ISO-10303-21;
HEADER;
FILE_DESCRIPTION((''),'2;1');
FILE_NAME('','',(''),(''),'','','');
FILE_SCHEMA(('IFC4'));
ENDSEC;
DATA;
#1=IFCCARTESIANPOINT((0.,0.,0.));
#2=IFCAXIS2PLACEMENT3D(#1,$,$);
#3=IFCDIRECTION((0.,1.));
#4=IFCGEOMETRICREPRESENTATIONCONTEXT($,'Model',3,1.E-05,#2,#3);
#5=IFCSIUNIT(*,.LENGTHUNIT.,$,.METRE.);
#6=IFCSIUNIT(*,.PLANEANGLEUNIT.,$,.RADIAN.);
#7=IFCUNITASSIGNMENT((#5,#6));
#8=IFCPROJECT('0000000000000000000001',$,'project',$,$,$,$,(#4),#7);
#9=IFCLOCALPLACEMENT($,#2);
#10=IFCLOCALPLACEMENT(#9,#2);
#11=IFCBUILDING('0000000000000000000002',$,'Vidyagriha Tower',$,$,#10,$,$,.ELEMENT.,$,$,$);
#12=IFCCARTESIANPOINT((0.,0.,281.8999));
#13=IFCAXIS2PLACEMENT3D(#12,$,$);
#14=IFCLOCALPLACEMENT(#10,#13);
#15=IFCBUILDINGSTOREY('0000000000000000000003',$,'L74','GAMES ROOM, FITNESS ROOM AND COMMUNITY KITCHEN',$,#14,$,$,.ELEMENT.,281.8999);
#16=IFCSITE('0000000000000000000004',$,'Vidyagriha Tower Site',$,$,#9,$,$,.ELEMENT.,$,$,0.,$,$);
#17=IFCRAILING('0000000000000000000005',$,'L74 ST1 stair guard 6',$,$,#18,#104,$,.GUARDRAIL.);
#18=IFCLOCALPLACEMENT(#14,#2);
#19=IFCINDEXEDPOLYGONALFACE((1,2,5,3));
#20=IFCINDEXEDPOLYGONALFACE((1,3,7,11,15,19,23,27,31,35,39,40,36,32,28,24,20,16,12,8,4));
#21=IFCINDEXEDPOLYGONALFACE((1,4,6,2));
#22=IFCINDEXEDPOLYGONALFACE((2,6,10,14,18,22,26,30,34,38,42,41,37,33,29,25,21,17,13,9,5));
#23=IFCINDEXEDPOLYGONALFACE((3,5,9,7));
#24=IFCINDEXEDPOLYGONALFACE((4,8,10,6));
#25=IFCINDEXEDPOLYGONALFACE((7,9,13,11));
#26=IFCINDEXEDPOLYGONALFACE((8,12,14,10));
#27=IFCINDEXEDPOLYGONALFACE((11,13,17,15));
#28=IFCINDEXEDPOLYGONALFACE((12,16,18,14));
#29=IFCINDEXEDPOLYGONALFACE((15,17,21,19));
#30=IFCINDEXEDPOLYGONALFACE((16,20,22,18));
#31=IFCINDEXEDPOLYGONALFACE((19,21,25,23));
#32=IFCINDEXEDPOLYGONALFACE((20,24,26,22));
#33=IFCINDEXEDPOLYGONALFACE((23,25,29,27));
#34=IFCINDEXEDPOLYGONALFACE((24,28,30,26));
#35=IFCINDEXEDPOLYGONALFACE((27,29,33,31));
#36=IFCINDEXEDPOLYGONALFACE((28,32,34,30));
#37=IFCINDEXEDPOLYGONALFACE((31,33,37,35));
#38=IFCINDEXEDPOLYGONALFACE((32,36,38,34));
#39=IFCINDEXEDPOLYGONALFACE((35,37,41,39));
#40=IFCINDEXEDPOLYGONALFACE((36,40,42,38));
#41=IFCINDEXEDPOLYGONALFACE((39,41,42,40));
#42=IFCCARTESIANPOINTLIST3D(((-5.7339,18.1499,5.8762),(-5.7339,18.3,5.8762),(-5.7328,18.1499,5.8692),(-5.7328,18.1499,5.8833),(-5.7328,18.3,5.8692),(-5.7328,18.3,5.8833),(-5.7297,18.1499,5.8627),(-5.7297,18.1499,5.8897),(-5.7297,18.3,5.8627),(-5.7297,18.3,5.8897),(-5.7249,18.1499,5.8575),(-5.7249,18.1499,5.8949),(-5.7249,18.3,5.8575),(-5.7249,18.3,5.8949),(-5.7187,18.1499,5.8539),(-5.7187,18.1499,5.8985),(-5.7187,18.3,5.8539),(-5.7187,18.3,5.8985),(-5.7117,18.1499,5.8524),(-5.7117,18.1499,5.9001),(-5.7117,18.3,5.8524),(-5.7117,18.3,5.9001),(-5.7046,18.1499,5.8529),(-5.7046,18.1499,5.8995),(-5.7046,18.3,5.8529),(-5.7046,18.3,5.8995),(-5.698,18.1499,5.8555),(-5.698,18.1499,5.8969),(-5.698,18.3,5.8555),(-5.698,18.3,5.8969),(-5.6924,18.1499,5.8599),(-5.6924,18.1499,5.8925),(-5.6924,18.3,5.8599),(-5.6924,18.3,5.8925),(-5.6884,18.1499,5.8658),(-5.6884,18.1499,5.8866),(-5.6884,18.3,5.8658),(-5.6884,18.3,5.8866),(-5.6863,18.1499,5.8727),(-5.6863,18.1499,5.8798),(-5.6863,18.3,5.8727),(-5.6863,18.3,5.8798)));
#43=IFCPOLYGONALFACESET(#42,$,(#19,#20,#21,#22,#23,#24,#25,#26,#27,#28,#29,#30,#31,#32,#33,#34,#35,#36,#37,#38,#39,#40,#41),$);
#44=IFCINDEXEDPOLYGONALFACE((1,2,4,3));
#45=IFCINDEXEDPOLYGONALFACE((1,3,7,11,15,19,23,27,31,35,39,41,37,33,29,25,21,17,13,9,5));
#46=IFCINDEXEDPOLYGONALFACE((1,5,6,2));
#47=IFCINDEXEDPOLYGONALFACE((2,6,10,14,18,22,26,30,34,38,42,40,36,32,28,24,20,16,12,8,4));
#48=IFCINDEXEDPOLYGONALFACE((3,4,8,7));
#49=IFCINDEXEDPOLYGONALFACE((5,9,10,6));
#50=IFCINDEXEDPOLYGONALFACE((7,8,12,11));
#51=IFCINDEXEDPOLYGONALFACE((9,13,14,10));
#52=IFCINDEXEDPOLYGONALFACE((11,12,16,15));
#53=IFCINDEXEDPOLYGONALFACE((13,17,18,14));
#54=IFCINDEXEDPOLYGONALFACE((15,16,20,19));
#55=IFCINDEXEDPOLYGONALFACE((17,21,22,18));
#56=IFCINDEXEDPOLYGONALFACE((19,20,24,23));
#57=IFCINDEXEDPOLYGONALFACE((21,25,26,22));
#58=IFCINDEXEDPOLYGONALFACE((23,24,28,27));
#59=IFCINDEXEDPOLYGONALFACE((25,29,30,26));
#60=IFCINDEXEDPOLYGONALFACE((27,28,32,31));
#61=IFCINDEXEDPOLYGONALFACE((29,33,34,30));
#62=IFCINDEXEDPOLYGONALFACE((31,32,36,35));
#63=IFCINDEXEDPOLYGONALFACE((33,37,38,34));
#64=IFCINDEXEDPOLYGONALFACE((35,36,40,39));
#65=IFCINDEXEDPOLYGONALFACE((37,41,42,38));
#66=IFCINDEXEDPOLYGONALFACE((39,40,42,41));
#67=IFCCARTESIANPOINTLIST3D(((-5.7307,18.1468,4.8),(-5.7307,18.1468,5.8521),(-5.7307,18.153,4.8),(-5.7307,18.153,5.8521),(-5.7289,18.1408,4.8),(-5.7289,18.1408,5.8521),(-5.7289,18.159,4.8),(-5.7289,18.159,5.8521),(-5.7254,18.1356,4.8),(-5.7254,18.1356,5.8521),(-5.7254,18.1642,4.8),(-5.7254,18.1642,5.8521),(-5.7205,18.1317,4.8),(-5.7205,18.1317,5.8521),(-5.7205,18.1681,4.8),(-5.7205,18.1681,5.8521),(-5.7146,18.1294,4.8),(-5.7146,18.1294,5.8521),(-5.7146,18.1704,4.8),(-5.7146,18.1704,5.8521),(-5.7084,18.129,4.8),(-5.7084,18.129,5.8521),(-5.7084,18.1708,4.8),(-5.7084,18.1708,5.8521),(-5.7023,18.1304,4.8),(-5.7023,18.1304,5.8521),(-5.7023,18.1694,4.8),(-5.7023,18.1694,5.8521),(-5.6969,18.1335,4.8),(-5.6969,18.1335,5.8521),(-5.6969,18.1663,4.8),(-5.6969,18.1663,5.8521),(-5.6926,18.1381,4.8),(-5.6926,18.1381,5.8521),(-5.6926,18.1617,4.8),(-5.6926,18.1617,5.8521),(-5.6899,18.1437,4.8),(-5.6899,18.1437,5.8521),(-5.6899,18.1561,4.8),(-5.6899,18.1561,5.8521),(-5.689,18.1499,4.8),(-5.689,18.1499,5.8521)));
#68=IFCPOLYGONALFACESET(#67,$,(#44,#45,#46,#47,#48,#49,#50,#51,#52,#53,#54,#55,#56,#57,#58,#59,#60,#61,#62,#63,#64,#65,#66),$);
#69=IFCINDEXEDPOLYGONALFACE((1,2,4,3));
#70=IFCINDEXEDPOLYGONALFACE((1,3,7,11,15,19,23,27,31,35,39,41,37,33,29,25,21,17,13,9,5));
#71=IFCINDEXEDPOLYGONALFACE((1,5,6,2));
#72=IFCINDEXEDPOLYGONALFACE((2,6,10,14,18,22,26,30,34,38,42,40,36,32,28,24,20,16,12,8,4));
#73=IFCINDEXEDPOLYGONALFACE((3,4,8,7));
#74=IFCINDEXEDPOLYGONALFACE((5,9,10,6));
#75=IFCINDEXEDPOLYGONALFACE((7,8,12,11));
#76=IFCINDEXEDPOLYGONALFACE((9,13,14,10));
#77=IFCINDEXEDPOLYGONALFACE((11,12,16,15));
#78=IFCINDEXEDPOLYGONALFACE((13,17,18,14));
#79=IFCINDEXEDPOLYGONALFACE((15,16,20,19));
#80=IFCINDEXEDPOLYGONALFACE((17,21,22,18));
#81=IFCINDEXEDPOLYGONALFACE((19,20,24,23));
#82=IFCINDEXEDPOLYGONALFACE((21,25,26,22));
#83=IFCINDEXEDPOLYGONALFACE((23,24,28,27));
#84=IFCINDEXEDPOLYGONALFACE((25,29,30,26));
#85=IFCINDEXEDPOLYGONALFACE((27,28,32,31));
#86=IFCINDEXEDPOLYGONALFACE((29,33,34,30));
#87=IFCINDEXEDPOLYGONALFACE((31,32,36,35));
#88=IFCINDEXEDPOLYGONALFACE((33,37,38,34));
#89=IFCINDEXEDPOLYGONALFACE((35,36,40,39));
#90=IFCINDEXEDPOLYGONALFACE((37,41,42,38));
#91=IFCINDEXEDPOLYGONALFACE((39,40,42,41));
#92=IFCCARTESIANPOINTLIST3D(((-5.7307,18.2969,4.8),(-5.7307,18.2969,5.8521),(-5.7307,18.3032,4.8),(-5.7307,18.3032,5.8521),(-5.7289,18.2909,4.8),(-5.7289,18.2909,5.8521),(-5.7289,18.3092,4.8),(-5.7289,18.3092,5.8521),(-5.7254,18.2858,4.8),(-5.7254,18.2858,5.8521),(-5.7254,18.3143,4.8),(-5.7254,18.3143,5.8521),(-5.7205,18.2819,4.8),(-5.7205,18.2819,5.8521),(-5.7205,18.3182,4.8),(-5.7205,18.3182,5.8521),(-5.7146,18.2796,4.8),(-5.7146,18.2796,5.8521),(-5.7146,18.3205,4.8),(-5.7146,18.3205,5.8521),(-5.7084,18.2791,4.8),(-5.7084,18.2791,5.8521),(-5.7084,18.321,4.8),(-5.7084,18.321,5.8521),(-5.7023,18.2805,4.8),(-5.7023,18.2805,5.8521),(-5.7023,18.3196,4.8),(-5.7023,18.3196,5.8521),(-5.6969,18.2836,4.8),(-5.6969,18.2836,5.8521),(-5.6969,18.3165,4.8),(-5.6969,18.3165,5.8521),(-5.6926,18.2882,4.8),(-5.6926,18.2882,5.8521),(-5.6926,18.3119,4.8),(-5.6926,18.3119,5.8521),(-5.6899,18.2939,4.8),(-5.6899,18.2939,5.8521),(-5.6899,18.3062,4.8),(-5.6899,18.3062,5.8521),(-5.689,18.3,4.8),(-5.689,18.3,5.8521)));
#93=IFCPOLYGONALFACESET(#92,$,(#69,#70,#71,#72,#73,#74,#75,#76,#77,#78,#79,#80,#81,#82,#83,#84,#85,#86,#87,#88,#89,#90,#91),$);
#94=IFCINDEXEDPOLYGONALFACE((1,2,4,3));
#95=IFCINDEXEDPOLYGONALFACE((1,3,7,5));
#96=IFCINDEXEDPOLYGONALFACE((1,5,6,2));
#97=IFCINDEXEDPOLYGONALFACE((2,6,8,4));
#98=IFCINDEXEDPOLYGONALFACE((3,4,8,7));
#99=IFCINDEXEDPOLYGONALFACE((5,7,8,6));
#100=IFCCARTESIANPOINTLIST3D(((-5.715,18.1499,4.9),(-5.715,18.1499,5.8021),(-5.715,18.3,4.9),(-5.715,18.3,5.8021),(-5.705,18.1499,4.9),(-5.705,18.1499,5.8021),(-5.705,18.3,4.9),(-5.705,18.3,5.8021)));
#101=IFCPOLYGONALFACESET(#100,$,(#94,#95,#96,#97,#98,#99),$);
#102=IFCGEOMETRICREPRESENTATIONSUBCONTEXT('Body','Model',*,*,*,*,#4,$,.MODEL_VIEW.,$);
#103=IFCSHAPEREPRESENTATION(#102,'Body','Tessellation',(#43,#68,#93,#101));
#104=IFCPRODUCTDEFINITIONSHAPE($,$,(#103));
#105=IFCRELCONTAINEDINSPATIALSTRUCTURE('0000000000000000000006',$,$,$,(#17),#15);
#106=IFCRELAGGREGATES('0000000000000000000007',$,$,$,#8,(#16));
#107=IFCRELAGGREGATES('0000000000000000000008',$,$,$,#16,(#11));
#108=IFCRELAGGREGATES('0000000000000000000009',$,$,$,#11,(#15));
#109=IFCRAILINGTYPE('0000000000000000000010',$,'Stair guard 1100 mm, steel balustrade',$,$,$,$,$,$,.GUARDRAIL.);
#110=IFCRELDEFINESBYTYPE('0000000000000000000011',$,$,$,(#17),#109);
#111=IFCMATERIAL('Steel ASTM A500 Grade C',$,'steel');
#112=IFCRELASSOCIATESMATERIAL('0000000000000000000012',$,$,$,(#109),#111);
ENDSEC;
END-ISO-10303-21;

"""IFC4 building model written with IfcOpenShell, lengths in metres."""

from ifc_helpers import new_model, si_unit, direction, frame, origin, origin_2d, place, context, subcontext, project, spatial, rectangle, circle, extrude, material, type_object, element, save


model = new_model("IFC4")

# Units and contexts
model_context = context("Model", 3, precision=1e-05, world=origin(), true_north=direction((0.0, 1.0)))
body_context = subcontext(model_context, "Body", "Model", "MODEL_VIEW")
ifc_project = project(units=[si_unit("LENGTHUNIT", "METRE"), si_unit("PLANEANGLEUNIT", "RADIAN")], contexts=[model_context])

# Site, building, storey
site_placement = place(None, origin())
site = spatial("IfcSite", under=ifc_project, at=site_placement, Name="Vidyagriha Tower Site", CompositionType="ELEMENT", RefElevation=0.0)
building_placement = place(site_placement, origin())
building = spatial("IfcBuilding", under=site, at=building_placement, Name="Vidyagriha Tower", CompositionType="ELEMENT")
storey_placement = place(building_placement, frame((0.0, 0.0, 281.8999)))
storey = spatial("IfcBuildingStorey", under=building, at=storey_placement, Name="L74", Description="GAMES ROOM, FITNESS ROOM AND COMMUNITY KITCHEN", CompositionType="ELEMENT", Elevation=281.8999)

# Railing
ifc_material_1 = material(Name="Steel ASTM A500 Grade C", Category="steel")
railing_type_1 = type_object("IfcRailingType", Name="Stair guard 1100 mm, steel balustrade", PredefinedType="GUARDRAIL", material=ifc_material_1)
railing_1_placement = place(storey_placement, frame((-5.71, 18.1499, 4.8)))
element("IfcRailing", 1, at=railing_1_placement, inside=storey, type_object=railing_type_1, Name="L74 ST1 stair guard 6", PredefinedType="GUARDRAIL", context=body_context, shape_type="SweptSolid", body=[
    extrude(circle(Radius=0.0239, at=origin_2d()), frame((0.0, 0.0, 1.0762), z_axis=(0.0, 1.0, 0.0), x_axis=(-1.0, 0.0, 0.0)), (0.0, 0.0, 1.0), 0.1501),
    extrude(circle(Radius=0.021, at=origin_2d()), origin(), (0.0, 0.0, 1.0), 1.052),
    extrude(circle(Radius=0.021, at=origin_2d()), frame((0.0, 0.1501, 0.0)), (0.0, 0.0, 1.0), 1.052),
    extrude(rectangle(XDim=0.01, YDim=0.9021, at=origin_2d()), frame((0.0, 0.0, 0.551), z_axis=(0.0, 1.0, 0.0), x_axis=(-1.0, 0.0, 0.0)), (0.0, 0.0, 1.0), 0.1501),
])

save(model, "model.ifc")
